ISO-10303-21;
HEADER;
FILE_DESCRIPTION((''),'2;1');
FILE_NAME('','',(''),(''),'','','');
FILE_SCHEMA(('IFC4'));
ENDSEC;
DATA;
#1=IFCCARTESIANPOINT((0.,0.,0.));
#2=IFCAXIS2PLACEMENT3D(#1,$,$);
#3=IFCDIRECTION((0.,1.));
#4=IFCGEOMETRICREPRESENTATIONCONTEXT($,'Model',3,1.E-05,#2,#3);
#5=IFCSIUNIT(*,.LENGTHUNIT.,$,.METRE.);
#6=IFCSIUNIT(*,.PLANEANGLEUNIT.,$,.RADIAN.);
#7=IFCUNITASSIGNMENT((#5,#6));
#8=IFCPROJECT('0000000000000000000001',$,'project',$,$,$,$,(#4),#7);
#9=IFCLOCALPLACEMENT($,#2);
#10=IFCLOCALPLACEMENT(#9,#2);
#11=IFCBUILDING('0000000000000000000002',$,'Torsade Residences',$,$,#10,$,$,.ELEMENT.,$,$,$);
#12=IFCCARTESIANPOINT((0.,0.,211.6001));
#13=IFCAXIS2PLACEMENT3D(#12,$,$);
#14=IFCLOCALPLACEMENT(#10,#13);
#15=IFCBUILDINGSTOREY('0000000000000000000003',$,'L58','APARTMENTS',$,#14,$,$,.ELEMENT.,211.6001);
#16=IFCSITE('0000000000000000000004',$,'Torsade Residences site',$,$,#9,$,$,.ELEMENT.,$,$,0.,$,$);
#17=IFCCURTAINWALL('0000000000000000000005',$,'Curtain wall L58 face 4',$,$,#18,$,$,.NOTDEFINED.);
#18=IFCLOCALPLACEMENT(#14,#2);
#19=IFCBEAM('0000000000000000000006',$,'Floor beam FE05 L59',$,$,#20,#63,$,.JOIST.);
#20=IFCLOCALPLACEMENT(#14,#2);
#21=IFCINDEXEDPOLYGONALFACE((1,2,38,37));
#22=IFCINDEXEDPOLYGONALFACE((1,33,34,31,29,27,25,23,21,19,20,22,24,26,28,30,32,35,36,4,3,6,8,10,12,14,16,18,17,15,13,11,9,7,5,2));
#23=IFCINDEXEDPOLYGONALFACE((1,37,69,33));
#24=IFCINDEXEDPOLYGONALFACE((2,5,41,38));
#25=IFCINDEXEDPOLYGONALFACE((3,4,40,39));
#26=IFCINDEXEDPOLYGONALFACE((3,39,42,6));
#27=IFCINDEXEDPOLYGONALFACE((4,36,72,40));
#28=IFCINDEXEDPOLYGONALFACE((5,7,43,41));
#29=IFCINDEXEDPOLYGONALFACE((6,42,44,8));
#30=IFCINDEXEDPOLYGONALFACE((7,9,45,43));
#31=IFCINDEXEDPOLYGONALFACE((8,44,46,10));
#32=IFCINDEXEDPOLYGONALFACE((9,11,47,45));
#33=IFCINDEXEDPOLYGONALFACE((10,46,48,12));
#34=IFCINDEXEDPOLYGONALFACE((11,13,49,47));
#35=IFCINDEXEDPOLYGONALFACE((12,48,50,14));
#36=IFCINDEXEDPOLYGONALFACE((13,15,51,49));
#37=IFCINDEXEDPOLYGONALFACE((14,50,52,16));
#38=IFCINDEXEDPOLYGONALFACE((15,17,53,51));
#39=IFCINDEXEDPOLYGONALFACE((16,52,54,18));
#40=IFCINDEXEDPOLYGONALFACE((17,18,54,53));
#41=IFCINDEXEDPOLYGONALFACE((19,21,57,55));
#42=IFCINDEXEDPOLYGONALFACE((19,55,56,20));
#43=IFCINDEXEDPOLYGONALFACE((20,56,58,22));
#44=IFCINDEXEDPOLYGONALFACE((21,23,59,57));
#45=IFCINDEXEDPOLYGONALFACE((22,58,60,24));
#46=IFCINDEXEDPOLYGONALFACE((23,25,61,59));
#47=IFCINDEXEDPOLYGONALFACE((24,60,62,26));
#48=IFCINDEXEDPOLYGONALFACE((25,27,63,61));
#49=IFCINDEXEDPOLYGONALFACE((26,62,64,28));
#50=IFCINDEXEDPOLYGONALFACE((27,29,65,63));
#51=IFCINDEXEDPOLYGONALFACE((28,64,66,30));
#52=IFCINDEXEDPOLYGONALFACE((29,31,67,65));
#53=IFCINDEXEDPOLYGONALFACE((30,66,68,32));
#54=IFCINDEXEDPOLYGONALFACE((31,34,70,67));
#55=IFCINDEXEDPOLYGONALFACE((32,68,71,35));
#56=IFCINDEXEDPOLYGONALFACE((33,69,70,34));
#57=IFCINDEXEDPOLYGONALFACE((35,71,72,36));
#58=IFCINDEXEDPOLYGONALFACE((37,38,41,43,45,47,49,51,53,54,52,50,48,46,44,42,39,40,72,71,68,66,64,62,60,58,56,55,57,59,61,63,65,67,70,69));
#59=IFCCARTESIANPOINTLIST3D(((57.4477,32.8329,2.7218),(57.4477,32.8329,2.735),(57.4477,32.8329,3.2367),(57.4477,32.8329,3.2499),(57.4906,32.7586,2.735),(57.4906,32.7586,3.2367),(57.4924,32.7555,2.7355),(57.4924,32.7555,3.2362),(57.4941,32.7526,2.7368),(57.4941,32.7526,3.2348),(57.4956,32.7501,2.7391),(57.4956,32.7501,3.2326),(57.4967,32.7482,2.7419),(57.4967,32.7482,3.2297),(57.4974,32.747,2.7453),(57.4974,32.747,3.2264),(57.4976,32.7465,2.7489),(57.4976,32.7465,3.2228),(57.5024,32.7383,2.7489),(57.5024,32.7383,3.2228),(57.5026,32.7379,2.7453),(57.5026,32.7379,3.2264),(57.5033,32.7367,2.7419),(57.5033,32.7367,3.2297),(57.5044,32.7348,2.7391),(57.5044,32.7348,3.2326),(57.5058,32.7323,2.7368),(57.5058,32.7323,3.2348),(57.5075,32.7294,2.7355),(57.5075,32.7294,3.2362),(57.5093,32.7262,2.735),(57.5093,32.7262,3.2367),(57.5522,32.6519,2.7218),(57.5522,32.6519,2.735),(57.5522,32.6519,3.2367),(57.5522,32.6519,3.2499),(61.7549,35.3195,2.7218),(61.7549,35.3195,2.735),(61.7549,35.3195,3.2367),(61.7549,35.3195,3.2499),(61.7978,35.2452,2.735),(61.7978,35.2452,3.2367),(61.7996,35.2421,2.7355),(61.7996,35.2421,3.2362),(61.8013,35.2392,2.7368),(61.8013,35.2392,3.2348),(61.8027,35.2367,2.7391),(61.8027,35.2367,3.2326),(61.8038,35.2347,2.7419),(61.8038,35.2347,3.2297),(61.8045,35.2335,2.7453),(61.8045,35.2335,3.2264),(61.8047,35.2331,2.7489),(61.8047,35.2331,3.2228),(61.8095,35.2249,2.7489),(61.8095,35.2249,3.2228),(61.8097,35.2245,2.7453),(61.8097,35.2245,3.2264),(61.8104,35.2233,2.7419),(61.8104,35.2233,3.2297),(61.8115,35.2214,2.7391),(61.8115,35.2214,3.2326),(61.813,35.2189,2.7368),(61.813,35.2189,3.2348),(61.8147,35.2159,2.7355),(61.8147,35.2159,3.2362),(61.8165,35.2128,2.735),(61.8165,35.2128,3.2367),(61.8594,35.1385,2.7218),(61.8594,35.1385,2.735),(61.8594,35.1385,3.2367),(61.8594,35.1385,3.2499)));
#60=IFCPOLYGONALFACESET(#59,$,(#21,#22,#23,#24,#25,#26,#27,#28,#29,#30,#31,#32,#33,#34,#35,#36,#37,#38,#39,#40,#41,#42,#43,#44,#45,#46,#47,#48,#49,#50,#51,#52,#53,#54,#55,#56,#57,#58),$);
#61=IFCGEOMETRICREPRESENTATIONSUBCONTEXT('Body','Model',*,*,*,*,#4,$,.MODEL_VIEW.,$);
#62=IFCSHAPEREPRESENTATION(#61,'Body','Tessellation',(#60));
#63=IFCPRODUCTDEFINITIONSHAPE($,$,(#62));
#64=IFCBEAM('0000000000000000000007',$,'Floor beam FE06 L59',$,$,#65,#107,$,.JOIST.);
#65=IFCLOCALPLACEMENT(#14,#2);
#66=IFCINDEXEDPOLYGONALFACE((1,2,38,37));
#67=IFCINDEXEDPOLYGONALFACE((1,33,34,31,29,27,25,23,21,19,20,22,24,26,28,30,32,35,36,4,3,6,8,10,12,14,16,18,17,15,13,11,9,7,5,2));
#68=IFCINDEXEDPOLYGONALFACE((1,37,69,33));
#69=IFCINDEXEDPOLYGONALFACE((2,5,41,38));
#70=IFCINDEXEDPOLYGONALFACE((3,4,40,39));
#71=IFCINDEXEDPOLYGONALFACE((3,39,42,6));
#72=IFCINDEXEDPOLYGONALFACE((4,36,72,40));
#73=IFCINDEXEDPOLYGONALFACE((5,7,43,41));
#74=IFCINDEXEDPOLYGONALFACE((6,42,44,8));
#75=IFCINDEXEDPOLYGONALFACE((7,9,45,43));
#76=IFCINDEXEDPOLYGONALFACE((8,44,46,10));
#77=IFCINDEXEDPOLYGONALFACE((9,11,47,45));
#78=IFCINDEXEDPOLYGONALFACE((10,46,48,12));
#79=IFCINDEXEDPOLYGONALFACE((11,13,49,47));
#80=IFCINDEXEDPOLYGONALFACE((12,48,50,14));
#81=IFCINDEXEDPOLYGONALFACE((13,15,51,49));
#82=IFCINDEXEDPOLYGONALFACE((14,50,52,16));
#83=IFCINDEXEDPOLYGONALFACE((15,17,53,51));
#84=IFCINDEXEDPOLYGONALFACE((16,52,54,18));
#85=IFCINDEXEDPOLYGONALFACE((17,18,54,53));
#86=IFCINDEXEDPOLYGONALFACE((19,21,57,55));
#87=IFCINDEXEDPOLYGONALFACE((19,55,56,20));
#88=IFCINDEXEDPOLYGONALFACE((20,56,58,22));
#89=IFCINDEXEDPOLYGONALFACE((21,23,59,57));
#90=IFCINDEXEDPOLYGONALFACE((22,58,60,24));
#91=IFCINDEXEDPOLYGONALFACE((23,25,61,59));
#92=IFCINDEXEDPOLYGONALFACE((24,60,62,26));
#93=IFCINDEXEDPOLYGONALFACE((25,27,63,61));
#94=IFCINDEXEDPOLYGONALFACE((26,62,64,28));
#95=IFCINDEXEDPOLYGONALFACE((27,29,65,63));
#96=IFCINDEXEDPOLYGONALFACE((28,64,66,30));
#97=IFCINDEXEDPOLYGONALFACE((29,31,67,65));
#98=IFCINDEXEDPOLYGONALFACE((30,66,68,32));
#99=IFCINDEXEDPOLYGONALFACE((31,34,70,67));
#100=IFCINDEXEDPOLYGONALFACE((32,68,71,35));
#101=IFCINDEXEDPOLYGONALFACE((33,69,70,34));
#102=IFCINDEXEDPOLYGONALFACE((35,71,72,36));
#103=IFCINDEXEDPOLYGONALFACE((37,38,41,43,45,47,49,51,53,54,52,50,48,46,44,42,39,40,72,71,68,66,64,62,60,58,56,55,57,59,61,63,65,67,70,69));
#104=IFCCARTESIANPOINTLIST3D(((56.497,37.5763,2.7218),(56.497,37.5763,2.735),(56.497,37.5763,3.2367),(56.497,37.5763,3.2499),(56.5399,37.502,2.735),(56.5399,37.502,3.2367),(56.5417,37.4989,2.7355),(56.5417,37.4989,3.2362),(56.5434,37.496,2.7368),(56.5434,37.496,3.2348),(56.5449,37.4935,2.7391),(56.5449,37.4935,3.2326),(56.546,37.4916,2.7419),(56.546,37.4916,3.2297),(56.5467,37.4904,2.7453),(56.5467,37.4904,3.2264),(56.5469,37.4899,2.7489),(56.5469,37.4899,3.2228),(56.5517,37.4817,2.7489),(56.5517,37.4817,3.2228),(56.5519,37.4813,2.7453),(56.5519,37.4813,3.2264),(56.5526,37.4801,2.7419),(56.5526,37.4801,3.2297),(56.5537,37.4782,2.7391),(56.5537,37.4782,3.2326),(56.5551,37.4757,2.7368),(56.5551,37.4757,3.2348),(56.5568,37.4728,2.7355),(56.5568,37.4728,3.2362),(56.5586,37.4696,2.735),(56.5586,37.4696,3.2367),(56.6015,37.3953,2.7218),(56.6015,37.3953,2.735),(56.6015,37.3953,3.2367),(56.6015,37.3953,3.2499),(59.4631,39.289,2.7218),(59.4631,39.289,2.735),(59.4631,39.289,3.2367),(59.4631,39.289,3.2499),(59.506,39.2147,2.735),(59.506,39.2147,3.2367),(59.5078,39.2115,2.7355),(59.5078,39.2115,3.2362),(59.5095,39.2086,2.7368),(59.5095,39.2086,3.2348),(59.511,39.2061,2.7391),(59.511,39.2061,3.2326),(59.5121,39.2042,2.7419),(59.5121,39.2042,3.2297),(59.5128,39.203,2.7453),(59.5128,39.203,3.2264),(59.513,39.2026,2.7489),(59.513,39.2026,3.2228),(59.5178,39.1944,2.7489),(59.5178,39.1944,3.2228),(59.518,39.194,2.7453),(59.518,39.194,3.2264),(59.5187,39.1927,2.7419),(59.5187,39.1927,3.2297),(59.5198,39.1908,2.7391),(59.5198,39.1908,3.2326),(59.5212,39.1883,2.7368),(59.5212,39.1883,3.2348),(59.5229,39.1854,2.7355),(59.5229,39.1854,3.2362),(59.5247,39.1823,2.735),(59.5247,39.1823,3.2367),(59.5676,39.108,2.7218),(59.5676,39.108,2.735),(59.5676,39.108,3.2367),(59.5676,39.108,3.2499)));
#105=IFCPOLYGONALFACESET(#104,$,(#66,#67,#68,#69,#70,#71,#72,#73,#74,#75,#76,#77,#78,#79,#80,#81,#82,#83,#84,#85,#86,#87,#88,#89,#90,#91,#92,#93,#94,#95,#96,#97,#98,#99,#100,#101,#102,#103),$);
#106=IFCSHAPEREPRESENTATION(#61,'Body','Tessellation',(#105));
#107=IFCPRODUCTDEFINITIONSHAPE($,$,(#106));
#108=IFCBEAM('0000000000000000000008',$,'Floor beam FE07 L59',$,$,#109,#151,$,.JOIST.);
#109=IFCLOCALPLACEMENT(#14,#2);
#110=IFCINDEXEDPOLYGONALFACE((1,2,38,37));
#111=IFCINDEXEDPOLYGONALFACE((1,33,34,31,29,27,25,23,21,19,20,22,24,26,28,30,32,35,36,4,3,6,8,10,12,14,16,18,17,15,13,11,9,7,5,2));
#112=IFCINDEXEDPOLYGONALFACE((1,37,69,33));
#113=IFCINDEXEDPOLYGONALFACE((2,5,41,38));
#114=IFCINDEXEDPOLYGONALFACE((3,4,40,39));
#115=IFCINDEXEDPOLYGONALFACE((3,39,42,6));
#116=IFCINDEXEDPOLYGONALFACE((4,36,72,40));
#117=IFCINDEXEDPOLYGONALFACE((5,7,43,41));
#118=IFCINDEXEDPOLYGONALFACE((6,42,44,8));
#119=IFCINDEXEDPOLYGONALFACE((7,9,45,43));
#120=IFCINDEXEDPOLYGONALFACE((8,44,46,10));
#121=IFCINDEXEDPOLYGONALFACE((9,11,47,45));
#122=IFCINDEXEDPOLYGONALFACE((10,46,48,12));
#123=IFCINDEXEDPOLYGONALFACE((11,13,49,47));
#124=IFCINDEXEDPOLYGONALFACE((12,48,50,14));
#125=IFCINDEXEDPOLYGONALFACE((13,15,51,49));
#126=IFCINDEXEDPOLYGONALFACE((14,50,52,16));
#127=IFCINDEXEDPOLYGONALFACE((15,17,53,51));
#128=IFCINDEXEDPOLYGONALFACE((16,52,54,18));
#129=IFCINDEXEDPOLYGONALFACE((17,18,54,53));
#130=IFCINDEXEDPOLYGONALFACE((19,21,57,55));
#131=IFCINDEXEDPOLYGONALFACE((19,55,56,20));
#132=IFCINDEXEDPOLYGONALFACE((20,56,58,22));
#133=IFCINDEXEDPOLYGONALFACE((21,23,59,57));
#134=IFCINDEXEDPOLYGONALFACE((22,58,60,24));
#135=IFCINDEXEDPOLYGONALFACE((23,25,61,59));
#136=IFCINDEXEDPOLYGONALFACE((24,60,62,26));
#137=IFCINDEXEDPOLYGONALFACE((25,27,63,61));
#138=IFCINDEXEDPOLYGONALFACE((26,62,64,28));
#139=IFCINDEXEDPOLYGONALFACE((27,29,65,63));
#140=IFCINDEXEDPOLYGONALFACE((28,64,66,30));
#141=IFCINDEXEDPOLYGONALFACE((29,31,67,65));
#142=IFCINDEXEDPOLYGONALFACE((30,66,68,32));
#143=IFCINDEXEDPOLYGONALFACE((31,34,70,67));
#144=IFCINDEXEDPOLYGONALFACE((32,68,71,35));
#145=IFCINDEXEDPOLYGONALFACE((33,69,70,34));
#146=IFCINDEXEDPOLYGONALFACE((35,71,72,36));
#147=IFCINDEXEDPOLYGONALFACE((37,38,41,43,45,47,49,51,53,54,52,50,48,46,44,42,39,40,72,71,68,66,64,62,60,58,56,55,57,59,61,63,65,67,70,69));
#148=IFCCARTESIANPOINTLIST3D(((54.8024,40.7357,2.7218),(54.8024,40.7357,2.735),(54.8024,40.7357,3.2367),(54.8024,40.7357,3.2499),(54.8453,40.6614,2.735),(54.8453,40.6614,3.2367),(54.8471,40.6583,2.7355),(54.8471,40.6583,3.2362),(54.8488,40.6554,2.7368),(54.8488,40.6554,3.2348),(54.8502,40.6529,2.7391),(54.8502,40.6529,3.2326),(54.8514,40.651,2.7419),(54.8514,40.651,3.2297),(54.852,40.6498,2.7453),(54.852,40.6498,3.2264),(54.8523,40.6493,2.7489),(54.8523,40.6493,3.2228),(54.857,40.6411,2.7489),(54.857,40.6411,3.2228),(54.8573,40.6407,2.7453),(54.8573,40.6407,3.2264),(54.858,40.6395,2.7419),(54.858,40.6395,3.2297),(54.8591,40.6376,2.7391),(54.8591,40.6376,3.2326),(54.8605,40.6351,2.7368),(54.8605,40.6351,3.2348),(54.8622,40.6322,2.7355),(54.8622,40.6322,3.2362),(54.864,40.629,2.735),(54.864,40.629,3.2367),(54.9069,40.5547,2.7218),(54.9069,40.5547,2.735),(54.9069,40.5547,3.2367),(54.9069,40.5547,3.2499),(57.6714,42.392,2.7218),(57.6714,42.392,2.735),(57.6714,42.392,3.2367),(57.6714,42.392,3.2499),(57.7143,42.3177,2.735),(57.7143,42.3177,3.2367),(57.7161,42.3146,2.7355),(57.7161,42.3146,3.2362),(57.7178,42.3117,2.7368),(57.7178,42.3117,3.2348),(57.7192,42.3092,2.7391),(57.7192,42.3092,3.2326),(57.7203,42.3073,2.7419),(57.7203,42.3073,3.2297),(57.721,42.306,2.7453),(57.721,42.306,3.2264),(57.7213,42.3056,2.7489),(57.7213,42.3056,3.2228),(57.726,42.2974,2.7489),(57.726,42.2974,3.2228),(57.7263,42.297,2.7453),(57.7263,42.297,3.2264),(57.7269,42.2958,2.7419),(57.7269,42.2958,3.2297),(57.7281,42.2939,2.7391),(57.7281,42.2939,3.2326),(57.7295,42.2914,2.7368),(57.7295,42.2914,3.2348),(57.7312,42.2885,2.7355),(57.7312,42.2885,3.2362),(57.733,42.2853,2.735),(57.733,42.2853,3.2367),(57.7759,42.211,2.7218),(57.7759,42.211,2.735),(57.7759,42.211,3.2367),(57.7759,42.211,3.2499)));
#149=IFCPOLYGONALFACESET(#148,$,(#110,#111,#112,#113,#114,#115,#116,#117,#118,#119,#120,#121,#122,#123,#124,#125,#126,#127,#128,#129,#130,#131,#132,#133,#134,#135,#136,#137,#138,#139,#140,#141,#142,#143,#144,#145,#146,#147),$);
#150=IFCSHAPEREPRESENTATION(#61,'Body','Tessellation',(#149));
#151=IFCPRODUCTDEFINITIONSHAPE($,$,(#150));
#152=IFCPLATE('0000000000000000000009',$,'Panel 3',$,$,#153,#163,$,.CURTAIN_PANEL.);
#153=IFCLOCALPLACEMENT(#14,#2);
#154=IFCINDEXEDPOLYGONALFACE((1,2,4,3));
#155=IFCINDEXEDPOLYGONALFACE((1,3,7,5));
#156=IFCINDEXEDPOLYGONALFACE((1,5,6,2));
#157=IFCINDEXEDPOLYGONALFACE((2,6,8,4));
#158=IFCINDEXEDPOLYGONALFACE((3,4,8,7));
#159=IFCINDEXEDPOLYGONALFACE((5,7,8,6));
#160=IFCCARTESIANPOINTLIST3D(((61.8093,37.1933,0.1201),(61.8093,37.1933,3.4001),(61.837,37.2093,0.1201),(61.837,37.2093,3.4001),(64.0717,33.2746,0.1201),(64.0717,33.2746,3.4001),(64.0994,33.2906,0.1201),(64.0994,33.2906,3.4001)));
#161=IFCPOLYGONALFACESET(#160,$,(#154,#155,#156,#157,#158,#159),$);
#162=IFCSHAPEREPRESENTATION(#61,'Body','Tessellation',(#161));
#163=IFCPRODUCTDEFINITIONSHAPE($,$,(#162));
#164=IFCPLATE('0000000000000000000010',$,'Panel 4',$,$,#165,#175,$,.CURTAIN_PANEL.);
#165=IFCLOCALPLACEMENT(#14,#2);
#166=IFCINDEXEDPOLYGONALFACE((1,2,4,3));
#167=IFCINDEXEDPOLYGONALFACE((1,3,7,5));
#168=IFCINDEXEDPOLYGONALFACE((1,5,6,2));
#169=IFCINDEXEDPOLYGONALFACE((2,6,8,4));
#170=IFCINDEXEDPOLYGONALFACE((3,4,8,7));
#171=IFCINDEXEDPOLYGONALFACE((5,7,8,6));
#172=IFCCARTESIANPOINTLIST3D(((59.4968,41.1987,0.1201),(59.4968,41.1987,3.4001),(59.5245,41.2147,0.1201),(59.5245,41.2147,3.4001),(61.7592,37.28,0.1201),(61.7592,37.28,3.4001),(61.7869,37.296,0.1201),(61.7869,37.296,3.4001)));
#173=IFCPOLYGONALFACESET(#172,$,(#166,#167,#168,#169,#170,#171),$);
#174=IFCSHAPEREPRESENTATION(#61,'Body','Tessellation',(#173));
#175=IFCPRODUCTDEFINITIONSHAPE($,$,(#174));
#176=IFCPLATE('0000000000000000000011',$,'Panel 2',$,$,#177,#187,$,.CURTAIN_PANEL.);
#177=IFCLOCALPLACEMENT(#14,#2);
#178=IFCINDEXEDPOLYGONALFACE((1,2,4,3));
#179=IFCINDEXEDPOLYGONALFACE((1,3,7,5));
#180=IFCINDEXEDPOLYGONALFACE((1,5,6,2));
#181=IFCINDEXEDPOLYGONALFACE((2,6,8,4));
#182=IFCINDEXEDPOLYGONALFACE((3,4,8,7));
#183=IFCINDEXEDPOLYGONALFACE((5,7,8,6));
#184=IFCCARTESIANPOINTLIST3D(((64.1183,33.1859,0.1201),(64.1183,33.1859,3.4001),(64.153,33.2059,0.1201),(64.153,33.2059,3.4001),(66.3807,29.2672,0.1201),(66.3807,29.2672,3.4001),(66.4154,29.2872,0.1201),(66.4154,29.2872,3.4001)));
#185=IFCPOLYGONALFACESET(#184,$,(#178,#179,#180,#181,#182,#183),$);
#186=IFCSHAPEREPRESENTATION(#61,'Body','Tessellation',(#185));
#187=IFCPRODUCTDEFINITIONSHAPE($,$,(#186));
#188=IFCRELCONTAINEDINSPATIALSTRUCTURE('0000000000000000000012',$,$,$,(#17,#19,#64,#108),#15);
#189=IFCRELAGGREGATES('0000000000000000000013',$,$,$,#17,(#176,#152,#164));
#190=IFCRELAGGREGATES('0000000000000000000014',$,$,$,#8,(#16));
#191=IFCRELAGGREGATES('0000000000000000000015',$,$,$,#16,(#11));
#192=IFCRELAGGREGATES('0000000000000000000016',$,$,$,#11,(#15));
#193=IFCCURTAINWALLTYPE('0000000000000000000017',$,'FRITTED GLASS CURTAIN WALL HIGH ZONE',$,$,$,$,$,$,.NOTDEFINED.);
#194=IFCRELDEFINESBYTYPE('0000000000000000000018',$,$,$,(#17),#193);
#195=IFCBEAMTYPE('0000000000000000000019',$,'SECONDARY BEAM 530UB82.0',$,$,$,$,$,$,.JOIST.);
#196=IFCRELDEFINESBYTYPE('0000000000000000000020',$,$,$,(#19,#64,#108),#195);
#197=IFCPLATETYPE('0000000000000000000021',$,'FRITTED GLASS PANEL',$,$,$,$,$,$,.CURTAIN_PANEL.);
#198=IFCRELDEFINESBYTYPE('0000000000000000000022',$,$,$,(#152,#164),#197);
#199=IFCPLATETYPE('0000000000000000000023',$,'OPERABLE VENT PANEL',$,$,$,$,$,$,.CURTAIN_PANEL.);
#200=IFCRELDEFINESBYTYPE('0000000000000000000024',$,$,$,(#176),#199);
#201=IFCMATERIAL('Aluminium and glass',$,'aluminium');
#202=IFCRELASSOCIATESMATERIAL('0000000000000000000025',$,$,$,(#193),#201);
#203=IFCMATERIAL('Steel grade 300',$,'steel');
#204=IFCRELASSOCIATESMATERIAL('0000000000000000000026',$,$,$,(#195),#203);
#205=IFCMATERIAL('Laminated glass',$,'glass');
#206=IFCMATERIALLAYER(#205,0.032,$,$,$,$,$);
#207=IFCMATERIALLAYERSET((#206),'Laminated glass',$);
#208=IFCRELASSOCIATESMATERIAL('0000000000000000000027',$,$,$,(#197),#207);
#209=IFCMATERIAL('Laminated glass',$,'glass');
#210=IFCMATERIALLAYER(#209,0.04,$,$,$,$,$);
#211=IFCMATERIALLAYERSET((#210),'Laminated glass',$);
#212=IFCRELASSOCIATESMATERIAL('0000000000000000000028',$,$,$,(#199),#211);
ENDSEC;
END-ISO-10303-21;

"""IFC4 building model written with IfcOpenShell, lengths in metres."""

from ifc_helpers import new_model, si_unit, direction, frame, origin, origin_2d, place, context, subcontext, project, spatial, rectangle, i_section, extrude, material, layer, layer_set, material_profile, profile_set, type_object, element, aggregate, save


model = new_model("IFC4")

# Units and contexts
model_context = context("Model", 3, precision=1e-05, world=origin(), true_north=direction((0.0, 1.0)))
body_context = subcontext(model_context, "Body", "Model", "MODEL_VIEW")
ifc_project = project(units=[si_unit("LENGTHUNIT", "METRE"), si_unit("PLANEANGLEUNIT", "RADIAN")], contexts=[model_context])

# Site, building, storey
site_placement = place(None, origin())
site = spatial("IfcSite", under=ifc_project, at=site_placement, Name="Torsade Residences site", CompositionType="ELEMENT", RefElevation=0.0)
building_placement = place(site_placement, origin())
building = spatial("IfcBuilding", under=site, at=building_placement, Name="Torsade Residences", CompositionType="ELEMENT")
storey_placement = place(building_placement, frame((0.0, 0.0, 211.6001)))
storey = spatial("IfcBuildingStorey", under=building, at=storey_placement, Name="L58", Description="APARTMENTS", CompositionType="ELEMENT", Elevation=211.6001)

# Curtain wall
ifc_material_1 = material(Name="Aluminium and glass", Category="aluminium")
curtain_wall_type = type_object("IfcCurtainWallType", Name="FRITTED GLASS CURTAIN WALL HIGH ZONE", PredefinedType="NOTDEFINED", material=ifc_material_1)
curtain_wall_placement = place(storey_placement, origin())
curtain_wall = element("IfcCurtainWall", 1, at=curtain_wall_placement, inside=storey, type_object=curtain_wall_type, Name="Curtain wall L58 face 4", PredefinedType="NOTDEFINED")

# Beams
ifc_material_2 = material(Name="Steel grade 300", Category="steel")
ifc_material_profile_1 = material_profile(ifc_material_2, i_section(OverallWidth=0.209, OverallDepth=0.5281, WebThickness=0.0095, FlangeThickness=0.0132, FilletRadius=0.0139, at=origin_2d()), Name="530UB82.0")
ifc_profile_set_1 = profile_set([ifc_material_profile_1], Name="Steel grade 300")
beam_type_1 = type_object("IfcBeamType", Name="SECONDARY BEAM 530UB82.0", PredefinedType="JOIST", material=ifc_profile_set_1)
beam_1_placement = place(storey_placement, frame((61.8071, 35.229, 2.9858), z_axis=(-0.866038, -0.499977, 0.0), x_axis=(0.499977, -0.866038, 0.0)))
element("IfcBeam", 2, at=beam_1_placement, inside=storey, type_object=beam_type_1, Name="Floor beam FE05 L59", PredefinedType="JOIST", context=body_context, shape_type="SweptSolid", body=[
    extrude(i_section(OverallWidth=0.209, OverallDepth=0.5281, WebThickness=0.0095, FlangeThickness=0.0132, FilletRadius=0.0139, at=origin_2d()), origin(), (0.0, 0.0, 1.0), 4.9734),
])
beam_2_placement = place(storey_placement, frame((59.5154, 39.1985, 2.9858), z_axis=(-0.866002, -0.500041, 0.0), x_axis=(0.500041, -0.866002, 0.0)))
element("IfcBeam", 3, at=beam_2_placement, inside=storey, type_object=beam_type_1, Name="Floor beam FE06 L59", PredefinedType="JOIST", context=body_context, shape_type="SweptSolid", body=[
    extrude(i_section(OverallWidth=0.209, OverallDepth=0.5281, WebThickness=0.0095, FlangeThickness=0.0132, FilletRadius=0.0139, at=origin_2d()), origin(), (0.0, 0.0, 1.0), 3.425),
])
beam_3_placement = place(storey_placement, frame((57.7236, 42.3015, 2.9858), z_axis=(-0.86604, -0.499976, 0.0), x_axis=(0.499976, -0.86604, 0.0)))
element("IfcBeam", 4, at=beam_3_placement, inside=storey, type_object=beam_type_1, Name="Floor beam FE07 L59", PredefinedType="JOIST", context=body_context, shape_type="SweptSolid", body=[
    extrude(i_section(OverallWidth=0.209, OverallDepth=0.5281, WebThickness=0.0095, FlangeThickness=0.0132, FilletRadius=0.0139, at=origin_2d()), origin(), (0.0, 0.0, 1.0), 3.3127),
])

# Plates
ifc_material_3 = material(Name="Laminated glass", Category="glass")
ifc_layer_1 = layer(ifc_material_3, 0.032)
ifc_layer_set_1 = layer_set([ifc_layer_1], Name="Laminated glass")
plate_type_1 = type_object("IfcPlateType", Name="FRITTED GLASS PANEL", PredefinedType="CURTAIN_PANEL", material=ifc_layer_set_1)
plate_1_placement = place(storey_placement, frame((62.9543, 35.2419, 0.1201), z_axis=(0.0, 0.0, 1.0), x_axis=(-0.5, 0.866025, 0.0)))
plate_1 = element("IfcPlate", 5, at=plate_1_placement, type_object=plate_type_1, Name="Panel 3", PredefinedType="CURTAIN_PANEL", context=body_context, shape_type="SweptSolid", body=[
    extrude(rectangle(XDim=4.5249, YDim=0.032, at=origin_2d()), origin(), (0.0, 0.0, 1.0), 3.28),
])
plate_2_placement = place(storey_placement, frame((60.6418, 39.2473, 0.1201), z_axis=(0.0, 0.0, 1.0), x_axis=(-0.5, 0.866025, 0.0)))
plate_2 = element("IfcPlate", 6, at=plate_2_placement, type_object=plate_type_1, Name="Panel 4", PredefinedType="CURTAIN_PANEL", context=body_context, shape_type="SweptSolid", body=[
    extrude(rectangle(XDim=4.5249, YDim=0.032, at=origin_2d()), origin(), (0.0, 0.0, 1.0), 3.28),
])
ifc_material_4 = material(Name="Laminated glass", Category="glass")
ifc_layer_2 = layer(ifc_material_4, 0.04)
ifc_layer_set_2 = layer_set([ifc_layer_2], Name="Laminated glass")
plate_type_2 = type_object("IfcPlateType", Name="OPERABLE VENT PANEL", PredefinedType="CURTAIN_PANEL", material=ifc_layer_set_2)
plate_3_placement = place(storey_placement, frame((65.2668, 31.2366, 0.1201), z_axis=(0.0, 0.0, 1.0), x_axis=(-0.5, 0.866025, 0.0)))
plate_3 = element("IfcPlate", 7, at=plate_3_placement, type_object=plate_type_2, Name="Panel 2", PredefinedType="CURTAIN_PANEL", context=body_context, shape_type="SweptSolid", body=[
    extrude(rectangle(XDim=4.5249, YDim=0.04, at=origin_2d()), origin(), (0.0, 0.0, 1.0), 3.28),
])
aggregate(curtain_wall, [plate_3, plate_1, plate_2])

save(model, "model.ifc")
